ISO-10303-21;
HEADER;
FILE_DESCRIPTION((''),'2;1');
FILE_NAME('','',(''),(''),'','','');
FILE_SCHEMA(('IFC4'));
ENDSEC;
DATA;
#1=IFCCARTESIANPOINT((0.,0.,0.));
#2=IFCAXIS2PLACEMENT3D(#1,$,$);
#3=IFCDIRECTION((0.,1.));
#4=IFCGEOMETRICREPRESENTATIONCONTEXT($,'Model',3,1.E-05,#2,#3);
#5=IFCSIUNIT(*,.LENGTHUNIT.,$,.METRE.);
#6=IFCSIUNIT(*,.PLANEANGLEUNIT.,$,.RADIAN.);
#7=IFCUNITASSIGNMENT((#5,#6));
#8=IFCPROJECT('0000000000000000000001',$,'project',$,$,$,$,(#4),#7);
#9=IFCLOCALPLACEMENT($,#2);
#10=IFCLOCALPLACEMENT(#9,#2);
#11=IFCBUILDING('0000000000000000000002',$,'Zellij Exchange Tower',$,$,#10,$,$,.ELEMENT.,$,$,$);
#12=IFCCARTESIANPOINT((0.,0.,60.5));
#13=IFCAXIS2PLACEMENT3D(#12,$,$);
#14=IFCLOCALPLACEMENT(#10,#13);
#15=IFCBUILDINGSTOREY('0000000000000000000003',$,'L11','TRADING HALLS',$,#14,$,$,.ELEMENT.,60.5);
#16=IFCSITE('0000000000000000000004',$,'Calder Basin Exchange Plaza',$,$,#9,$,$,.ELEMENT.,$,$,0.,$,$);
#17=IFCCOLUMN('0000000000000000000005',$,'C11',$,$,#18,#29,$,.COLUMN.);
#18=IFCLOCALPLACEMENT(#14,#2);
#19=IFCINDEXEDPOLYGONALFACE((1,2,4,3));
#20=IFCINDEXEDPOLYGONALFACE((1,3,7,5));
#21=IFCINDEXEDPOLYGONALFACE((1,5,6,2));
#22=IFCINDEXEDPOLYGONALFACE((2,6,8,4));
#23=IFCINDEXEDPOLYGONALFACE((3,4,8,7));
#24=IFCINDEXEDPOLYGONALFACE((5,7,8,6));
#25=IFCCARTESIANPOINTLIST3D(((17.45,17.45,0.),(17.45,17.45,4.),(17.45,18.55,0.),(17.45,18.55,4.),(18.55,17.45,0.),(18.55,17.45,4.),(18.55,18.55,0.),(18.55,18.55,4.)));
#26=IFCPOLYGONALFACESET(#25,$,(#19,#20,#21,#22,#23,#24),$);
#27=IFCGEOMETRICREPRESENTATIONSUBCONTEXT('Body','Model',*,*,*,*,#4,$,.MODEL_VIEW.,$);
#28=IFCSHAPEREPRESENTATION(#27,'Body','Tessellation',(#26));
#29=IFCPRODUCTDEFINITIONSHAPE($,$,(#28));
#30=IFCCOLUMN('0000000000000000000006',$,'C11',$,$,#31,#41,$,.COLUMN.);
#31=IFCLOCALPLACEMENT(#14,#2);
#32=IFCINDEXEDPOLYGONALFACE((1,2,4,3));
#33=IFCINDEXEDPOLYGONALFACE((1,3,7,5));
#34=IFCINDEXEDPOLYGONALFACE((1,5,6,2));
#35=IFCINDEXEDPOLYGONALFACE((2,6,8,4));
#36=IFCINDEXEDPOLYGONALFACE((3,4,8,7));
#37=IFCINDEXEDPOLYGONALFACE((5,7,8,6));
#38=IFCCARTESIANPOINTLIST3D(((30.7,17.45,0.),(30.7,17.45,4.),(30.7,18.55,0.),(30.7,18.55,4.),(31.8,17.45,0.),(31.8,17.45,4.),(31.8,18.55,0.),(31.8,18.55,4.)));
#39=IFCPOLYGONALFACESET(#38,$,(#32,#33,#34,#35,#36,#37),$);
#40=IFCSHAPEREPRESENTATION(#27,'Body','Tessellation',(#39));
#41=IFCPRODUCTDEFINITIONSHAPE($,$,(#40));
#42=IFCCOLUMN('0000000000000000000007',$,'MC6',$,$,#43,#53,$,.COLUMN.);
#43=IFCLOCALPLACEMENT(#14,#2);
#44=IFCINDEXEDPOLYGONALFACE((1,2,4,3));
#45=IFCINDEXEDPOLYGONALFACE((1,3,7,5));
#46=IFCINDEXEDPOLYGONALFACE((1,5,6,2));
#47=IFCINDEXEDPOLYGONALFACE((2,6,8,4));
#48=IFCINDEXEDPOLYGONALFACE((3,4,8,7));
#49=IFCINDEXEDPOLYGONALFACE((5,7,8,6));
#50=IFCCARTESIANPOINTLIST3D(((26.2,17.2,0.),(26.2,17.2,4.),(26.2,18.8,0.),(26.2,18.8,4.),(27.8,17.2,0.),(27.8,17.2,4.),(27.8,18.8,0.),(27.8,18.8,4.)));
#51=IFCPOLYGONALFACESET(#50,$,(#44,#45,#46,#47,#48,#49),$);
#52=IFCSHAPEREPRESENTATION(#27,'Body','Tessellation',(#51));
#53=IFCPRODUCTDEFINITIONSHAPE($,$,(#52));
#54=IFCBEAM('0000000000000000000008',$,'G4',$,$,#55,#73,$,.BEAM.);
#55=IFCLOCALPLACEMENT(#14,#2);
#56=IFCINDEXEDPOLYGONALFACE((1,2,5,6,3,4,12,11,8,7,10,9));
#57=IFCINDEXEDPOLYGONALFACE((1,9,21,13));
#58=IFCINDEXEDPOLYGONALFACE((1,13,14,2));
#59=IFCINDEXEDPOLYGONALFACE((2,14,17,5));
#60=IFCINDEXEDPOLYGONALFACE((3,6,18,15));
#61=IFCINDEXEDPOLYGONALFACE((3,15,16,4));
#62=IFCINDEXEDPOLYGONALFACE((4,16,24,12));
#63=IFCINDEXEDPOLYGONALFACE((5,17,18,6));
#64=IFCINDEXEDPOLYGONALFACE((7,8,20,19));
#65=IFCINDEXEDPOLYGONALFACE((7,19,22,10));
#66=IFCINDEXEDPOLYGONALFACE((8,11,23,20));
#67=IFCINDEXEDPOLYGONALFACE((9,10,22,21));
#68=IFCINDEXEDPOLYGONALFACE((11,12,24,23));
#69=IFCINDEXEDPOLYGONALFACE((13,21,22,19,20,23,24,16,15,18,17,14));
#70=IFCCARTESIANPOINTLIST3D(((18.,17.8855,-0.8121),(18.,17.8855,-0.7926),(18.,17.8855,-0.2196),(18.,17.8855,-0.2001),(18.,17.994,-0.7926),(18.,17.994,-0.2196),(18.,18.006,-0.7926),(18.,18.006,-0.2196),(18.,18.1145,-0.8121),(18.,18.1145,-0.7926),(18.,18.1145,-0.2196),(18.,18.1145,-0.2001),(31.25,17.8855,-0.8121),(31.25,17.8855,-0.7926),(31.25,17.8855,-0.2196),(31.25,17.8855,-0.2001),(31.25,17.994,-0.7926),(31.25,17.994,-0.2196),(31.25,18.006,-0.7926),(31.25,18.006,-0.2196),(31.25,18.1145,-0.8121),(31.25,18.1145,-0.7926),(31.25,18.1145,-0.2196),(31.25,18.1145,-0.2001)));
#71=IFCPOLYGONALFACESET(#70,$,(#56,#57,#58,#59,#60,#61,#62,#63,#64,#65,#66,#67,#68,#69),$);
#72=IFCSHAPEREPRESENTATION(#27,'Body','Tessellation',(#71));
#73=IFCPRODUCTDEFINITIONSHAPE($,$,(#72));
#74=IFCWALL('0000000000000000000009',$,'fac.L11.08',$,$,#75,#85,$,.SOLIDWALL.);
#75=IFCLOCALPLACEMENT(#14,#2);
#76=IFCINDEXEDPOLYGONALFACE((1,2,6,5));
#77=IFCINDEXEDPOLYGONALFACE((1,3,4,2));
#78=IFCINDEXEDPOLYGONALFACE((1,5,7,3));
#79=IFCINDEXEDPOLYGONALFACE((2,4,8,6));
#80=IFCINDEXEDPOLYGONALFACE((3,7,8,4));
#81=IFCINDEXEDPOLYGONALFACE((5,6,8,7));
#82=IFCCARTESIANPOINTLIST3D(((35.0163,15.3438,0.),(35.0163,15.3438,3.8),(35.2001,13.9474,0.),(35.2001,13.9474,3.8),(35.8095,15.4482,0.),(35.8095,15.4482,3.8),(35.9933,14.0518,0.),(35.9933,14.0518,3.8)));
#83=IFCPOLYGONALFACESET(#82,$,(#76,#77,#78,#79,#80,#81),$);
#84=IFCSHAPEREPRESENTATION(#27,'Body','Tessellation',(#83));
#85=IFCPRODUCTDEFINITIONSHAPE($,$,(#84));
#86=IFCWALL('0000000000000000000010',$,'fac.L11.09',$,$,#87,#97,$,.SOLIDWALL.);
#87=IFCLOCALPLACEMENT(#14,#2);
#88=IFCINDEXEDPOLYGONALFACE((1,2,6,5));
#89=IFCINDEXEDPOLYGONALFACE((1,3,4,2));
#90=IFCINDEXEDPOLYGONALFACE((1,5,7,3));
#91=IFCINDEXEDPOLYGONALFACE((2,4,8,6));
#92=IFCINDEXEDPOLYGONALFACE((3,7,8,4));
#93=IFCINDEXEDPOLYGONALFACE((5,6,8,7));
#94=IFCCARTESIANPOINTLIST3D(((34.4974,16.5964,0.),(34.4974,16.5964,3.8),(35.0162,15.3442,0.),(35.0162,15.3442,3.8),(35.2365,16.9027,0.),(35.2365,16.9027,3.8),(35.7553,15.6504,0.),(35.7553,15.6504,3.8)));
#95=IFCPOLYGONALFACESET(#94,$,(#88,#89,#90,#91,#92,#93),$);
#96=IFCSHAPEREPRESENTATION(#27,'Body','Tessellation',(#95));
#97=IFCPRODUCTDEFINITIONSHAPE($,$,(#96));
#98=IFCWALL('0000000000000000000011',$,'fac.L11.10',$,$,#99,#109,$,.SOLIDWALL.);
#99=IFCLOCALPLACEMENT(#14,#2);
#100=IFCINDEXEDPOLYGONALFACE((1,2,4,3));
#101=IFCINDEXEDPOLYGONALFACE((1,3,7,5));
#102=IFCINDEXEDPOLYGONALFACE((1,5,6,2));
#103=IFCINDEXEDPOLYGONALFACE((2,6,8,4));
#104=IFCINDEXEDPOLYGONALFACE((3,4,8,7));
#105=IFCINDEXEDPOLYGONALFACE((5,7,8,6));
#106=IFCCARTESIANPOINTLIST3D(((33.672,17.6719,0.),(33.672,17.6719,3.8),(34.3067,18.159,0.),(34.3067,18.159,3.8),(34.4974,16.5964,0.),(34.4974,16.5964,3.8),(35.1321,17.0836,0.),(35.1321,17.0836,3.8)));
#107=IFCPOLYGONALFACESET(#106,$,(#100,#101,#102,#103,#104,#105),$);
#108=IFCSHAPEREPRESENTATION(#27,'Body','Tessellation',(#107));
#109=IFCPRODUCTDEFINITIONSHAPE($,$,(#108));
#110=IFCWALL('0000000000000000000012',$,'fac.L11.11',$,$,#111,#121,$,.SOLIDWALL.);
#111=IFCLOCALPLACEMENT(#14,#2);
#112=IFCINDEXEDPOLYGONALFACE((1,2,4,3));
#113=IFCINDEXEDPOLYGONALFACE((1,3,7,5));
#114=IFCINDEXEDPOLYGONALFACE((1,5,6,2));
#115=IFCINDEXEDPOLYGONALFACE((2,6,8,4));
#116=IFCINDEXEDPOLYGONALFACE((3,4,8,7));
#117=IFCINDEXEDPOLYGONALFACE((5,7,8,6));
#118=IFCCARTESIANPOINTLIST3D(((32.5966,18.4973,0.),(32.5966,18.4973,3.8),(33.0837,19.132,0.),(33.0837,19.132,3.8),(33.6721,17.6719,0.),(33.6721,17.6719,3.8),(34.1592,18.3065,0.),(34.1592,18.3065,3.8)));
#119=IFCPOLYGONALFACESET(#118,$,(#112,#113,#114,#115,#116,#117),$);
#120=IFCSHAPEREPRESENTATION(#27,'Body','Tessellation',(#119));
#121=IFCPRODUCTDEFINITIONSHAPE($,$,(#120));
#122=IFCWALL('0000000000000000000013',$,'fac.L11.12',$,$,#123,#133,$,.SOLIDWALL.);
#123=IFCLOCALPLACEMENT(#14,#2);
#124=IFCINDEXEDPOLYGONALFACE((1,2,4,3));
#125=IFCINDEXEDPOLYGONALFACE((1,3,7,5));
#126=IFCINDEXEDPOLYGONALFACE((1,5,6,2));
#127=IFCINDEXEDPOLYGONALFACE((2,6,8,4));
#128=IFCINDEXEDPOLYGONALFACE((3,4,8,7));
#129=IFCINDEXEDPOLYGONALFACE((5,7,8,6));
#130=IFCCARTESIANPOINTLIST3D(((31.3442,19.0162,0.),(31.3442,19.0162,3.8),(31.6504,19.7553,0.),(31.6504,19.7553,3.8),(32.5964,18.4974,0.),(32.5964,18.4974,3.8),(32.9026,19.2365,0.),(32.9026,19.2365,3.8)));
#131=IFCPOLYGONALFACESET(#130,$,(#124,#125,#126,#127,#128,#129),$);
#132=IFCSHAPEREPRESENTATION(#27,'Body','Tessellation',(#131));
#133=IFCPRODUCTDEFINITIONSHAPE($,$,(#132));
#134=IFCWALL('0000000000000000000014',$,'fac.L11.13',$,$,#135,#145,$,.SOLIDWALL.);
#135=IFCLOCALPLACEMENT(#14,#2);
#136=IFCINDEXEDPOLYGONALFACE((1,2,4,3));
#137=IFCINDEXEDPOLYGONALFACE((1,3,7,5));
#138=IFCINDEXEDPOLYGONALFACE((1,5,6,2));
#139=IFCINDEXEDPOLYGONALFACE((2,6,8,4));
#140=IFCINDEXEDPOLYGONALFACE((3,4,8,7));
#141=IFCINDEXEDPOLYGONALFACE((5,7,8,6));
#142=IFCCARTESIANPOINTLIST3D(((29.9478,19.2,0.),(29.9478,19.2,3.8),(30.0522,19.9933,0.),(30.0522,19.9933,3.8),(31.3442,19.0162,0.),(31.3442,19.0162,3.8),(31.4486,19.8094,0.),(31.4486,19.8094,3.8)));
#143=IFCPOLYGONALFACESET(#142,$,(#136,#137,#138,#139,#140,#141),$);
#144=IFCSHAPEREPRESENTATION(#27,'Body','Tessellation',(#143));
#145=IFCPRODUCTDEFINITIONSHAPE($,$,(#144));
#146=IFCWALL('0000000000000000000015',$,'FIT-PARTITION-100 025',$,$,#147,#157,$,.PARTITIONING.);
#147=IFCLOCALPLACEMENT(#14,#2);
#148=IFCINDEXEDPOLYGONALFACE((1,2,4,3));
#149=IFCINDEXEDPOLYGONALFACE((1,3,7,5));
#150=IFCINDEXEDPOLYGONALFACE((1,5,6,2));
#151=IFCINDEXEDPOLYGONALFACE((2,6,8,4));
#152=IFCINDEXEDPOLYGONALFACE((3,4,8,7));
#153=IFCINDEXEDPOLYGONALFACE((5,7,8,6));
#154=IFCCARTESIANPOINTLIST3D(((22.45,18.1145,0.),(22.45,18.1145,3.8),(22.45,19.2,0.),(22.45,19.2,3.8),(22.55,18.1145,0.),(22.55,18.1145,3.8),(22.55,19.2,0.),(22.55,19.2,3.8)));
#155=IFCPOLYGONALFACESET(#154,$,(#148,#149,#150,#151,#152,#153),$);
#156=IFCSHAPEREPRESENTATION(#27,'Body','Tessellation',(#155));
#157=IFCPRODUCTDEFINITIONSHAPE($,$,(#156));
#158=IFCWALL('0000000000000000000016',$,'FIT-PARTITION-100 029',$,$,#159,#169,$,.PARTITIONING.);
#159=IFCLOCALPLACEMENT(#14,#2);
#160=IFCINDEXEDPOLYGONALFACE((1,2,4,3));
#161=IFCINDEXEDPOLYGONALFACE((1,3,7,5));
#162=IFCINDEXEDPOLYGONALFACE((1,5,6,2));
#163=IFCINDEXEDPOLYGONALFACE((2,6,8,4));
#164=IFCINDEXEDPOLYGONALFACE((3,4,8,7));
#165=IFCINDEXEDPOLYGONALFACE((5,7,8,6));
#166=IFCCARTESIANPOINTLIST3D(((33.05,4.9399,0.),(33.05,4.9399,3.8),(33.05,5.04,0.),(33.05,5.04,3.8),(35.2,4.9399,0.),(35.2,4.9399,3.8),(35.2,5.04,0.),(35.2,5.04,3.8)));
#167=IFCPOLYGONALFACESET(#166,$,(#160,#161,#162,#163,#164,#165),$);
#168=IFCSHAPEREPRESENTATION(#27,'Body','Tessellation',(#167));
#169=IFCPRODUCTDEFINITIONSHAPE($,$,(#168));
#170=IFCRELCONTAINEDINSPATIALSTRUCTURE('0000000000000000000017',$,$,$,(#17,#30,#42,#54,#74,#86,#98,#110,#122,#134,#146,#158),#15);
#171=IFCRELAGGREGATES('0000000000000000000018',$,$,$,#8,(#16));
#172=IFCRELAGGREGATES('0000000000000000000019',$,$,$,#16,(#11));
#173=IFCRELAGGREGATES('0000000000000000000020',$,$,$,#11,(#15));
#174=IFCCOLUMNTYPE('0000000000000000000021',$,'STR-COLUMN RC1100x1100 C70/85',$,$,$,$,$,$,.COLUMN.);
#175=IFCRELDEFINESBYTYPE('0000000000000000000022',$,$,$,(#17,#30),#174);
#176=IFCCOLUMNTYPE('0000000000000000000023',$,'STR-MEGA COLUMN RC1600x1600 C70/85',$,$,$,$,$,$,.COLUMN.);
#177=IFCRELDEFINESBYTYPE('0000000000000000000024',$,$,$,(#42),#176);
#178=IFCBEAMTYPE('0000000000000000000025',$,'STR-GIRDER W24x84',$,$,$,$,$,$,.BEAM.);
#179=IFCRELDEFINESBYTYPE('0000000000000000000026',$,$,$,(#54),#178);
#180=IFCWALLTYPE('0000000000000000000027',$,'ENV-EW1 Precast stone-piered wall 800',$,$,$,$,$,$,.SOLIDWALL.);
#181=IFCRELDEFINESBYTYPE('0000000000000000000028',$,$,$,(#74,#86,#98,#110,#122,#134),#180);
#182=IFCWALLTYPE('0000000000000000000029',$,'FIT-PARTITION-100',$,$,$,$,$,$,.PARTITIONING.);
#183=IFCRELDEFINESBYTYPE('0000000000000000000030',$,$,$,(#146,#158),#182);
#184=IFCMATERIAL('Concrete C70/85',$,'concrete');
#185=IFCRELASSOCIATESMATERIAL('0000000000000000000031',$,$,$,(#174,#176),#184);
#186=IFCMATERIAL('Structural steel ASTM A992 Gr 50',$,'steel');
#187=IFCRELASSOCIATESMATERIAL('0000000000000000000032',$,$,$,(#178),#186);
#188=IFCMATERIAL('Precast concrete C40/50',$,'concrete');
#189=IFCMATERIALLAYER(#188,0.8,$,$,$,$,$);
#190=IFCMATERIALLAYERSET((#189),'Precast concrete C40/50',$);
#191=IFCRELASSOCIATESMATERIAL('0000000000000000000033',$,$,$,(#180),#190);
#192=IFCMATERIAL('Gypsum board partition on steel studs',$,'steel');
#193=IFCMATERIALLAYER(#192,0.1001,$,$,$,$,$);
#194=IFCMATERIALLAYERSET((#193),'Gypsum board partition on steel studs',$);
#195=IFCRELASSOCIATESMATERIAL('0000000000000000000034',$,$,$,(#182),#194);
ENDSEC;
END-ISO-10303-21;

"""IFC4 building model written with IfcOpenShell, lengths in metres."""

from ifc_helpers import new_model, si_unit, direction, frame, frame_2d, origin, origin_2d, place, context, subcontext, project, spatial, rectangle, i_section, extrude, material, layer, layer_set, material_profile, profile_set, type_object, element, save


model = new_model("IFC4")

# Units and contexts
model_context = context("Model", 3, precision=1e-05, world=origin(), true_north=direction((0.0, 1.0)))
body_context = subcontext(model_context, "Body", "Model", "MODEL_VIEW")
ifc_project = project(units=[si_unit("LENGTHUNIT", "METRE"), si_unit("PLANEANGLEUNIT", "RADIAN")], contexts=[model_context])

# Site, building, storey
site_placement = place(None, origin())
site = spatial("IfcSite", under=ifc_project, at=site_placement, Name="Calder Basin Exchange Plaza", CompositionType="ELEMENT", RefElevation=0.0)
building_placement = place(site_placement, origin())
building = spatial("IfcBuilding", under=site, at=building_placement, Name="Zellij Exchange Tower", CompositionType="ELEMENT")
storey_placement = place(building_placement, frame((0.0, 0.0, 60.5)))
storey = spatial("IfcBuildingStorey", under=building, at=storey_placement, Name="L11", Description="TRADING HALLS", CompositionType="ELEMENT", Elevation=60.5)

# Columns
ifc_material_1 = material(Name="Concrete C70/85", Category="concrete")
ifc_material_profile_1 = material_profile(ifc_material_1, rectangle(XDim=1.1001, YDim=1.1001, at=origin_2d()), Name="STR-COLUMN RC1100x1100 C70/85")
ifc_profile_set_1 = profile_set([ifc_material_profile_1], Name="Concrete C70/85")
column_type_1 = type_object("IfcColumnType", Name="STR-COLUMN RC1100x1100 C70/85", PredefinedType="COLUMN", material=ifc_profile_set_1)
for number, where, z_axis, x_axis, name in (
    (1, (18.0, 18.0, 0.0), (0.0, 0.0, 1.0), (1.0, 0.0, 0.0), "C11"),
    (2, (31.25, 18.0, 0.0), (0.0, 0.0, 1.0), (1.0, 0.0, 0.0), "C11"),
):
    element("IfcColumn", number, at=place(storey_placement, frame(where, z_axis=z_axis, x_axis=x_axis)), inside=storey, type_object=column_type_1, Name=name, PredefinedType="COLUMN", context=body_context, shape_type="SweptSolid", body=[
        extrude(rectangle(XDim=1.1001, YDim=1.1001, at=origin_2d()), origin(), (0.0, 0.0, 1.0), 4.0),
    ])
ifc_material_profile_2 = material_profile(ifc_material_1, rectangle(XDim=1.6001, YDim=1.6001, at=origin_2d()), Name="STR-MEGA COLUMN RC1600x1600 C70/85")
ifc_profile_set_2 = profile_set([ifc_material_profile_2], Name="Concrete C70/85")
column_type_2 = type_object("IfcColumnType", Name="STR-MEGA COLUMN RC1600x1600 C70/85", PredefinedType="COLUMN", material=ifc_profile_set_2)
column_placement = place(storey_placement, frame((27.0, 18.0, 0.0), z_axis=(0.0, 0.0, 1.0), x_axis=(1.0, 0.0, 0.0)))
element("IfcColumn", 3, at=column_placement, inside=storey, type_object=column_type_2, Name="MC6", PredefinedType="COLUMN", context=body_context, shape_type="SweptSolid", body=[
    extrude(rectangle(XDim=1.6001, YDim=1.6001, at=origin_2d()), origin(), (0.0, 0.0, 1.0), 4.0),
])

# Beam
ifc_material_2 = material(Name="Structural steel ASTM A992 Gr 50", Category="steel")
ifc_material_profile_3 = material_profile(ifc_material_2, i_section(OverallWidth=0.229, OverallDepth=0.6121, WebThickness=0.012, FlangeThickness=0.0195, at=origin_2d()), Name="W24x84")
ifc_profile_set_3 = profile_set([ifc_material_profile_3], Name="Structural steel ASTM A992 Gr 50")
beam_type = type_object("IfcBeamType", Name="STR-GIRDER W24x84", PredefinedType="BEAM", material=ifc_profile_set_3)
beam_placement = place(storey_placement, frame((18.0, 18.0, -0.5061), z_axis=(1.0, 0.0, 0.0), x_axis=(0.0, 1.0, 0.0)))
element("IfcBeam", 4, at=beam_placement, inside=storey, type_object=beam_type, Name="G4", PredefinedType="BEAM", context=body_context, shape_type="SweptSolid", body=[
    extrude(i_section(OverallWidth=0.229, OverallDepth=0.6121, WebThickness=0.012, FlangeThickness=0.0195, at=origin_2d()), origin(), (0.0, 0.0, 1.0), 13.25),
])

# Walls
ifc_material_3 = material(Name="Precast concrete C40/50", Category="concrete")
ifc_layer_1 = layer(ifc_material_3, 0.8)
ifc_layer_set_1 = layer_set([ifc_layer_1], Name="Precast concrete C40/50")
wall_type_1 = type_object("IfcWallType", Name="ENV-EW1 Precast stone-piered wall 800", PredefinedType="SOLIDWALL", material=ifc_layer_set_1)
wall_1_placement = place(storey_placement, frame((35.5967, 13.9998, 0.0), z_axis=(0.0, 0.0, 1.0), x_axis=(-0.130517, 0.991446, 0.0)))
element("IfcWall", 5, at=wall_1_placement, inside=storey, type_object=wall_type_1, Name="fac.L11.08", PredefinedType="SOLIDWALL", context=body_context, shape_type="SweptSolid", body=[
    extrude(rectangle(XDim=1.4084, YDim=0.8, at=frame_2d((0.7041, 0.0))), origin(), (0.0, 0.0, 1.0), 3.8),
])
wall_2_placement = place(storey_placement, frame((35.3857, 15.4973, 0.0), z_axis=(0.0, 0.0, 1.0), x_axis=(-0.38276, 0.923848, 0.0)))
element("IfcWall", 6, at=wall_2_placement, inside=storey, type_object=wall_type_1, Name="fac.L11.09", PredefinedType="SOLIDWALL", context=body_context, shape_type="SweptSolid", body=[
    extrude(rectangle(XDim=1.3555, YDim=0.8, at=frame_2d((0.6777, 0.0))), origin(), (0.0, 0.0, 1.0), 3.8),
])
for number, where, z_axis, x_axis, name in (
    (7, (34.8147, 16.8401, 0.0), (0.0, 0.0, 1.0), (-0.608866, 0.793273, 0.0), "fac.L11.10"),
    (8, (33.9155, 17.9893, 0.0), (0.0, 0.0, 1.0), (-0.793273, 0.608866, 0.0), "fac.L11.11"),
):
    element("IfcWall", number, at=place(storey_placement, frame(where, z_axis=z_axis, x_axis=x_axis)), inside=storey, type_object=wall_type_1, Name=name, PredefinedType="SOLIDWALL", context=body_context, shape_type="SweptSolid", body=[
        extrude(rectangle(XDim=1.3557, YDim=0.8, at=frame_2d((0.6777, 0.0))), origin(), (0.0, 0.0, 1.0), 3.8),
    ])
wall_3_placement = place(storey_placement, frame((32.7495, 18.8669, 0.0), z_axis=(0.0, 0.0, 1.0), x_axis=(-0.923848, 0.38276, 0.0)))
element("IfcWall", 9, at=wall_3_placement, inside=storey, type_object=wall_type_1, Name="fac.L11.12", PredefinedType="SOLIDWALL", context=body_context, shape_type="SweptSolid", body=[
    extrude(rectangle(XDim=1.3555, YDim=0.8, at=frame_2d((0.6777, 0.0))), origin(), (0.0, 0.0, 1.0), 3.8),
])
wall_4_placement = place(storey_placement, frame((31.3962, 19.4128, 0.0), z_axis=(0.0, 0.0, 1.0), x_axis=(-0.991446, 0.130517, 0.0)))
element("IfcWall", 10, at=wall_4_placement, inside=storey, type_object=wall_type_1, Name="fac.L11.13", PredefinedType="SOLIDWALL", context=body_context, shape_type="SweptSolid", body=[
    extrude(rectangle(XDim=1.4084, YDim=0.8, at=frame_2d((0.7041, 0.0))), origin(), (0.0, 0.0, 1.0), 3.8),
])
ifc_material_4 = material(Name="Gypsum board partition on steel studs", Category="steel")
ifc_layer_2 = layer(ifc_material_4, 0.1001)
ifc_layer_set_2 = layer_set([ifc_layer_2], Name="Gypsum board partition on steel studs")
wall_type_2 = type_object("IfcWallType", Name="FIT-PARTITION-100", PredefinedType="PARTITIONING", material=ifc_layer_set_2)
wall_5_placement = place(storey_placement, frame((22.5, 18.1145, 0.0), z_axis=(0.0, 0.0, 1.0), x_axis=(0.0, 1.0, 0.0)))
element("IfcWall", 11, at=wall_5_placement, inside=storey, type_object=wall_type_2, Name="FIT-PARTITION-100 025", PredefinedType="PARTITIONING", context=body_context, shape_type="SweptSolid", body=[
    extrude(rectangle(XDim=1.0854, YDim=0.1001, at=frame_2d((0.5427, 0.0))), origin(), (0.0, 0.0, 1.0), 3.8),
])
wall_6_placement = place(storey_placement, frame((33.05, 4.99, 0.0), z_axis=(0.0, 0.0, 1.0), x_axis=(1.0, 0.0, 0.0)))
element("IfcWall", 12, at=wall_6_placement, inside=storey, type_object=wall_type_2, Name="FIT-PARTITION-100 029", PredefinedType="PARTITIONING", context=body_context, shape_type="SweptSolid", body=[
    extrude(rectangle(XDim=2.1499, YDim=0.1001, at=frame_2d((1.075, 0.0))), origin(), (0.0, 0.0, 1.0), 3.8),
])

save(model, "model.ifc")
